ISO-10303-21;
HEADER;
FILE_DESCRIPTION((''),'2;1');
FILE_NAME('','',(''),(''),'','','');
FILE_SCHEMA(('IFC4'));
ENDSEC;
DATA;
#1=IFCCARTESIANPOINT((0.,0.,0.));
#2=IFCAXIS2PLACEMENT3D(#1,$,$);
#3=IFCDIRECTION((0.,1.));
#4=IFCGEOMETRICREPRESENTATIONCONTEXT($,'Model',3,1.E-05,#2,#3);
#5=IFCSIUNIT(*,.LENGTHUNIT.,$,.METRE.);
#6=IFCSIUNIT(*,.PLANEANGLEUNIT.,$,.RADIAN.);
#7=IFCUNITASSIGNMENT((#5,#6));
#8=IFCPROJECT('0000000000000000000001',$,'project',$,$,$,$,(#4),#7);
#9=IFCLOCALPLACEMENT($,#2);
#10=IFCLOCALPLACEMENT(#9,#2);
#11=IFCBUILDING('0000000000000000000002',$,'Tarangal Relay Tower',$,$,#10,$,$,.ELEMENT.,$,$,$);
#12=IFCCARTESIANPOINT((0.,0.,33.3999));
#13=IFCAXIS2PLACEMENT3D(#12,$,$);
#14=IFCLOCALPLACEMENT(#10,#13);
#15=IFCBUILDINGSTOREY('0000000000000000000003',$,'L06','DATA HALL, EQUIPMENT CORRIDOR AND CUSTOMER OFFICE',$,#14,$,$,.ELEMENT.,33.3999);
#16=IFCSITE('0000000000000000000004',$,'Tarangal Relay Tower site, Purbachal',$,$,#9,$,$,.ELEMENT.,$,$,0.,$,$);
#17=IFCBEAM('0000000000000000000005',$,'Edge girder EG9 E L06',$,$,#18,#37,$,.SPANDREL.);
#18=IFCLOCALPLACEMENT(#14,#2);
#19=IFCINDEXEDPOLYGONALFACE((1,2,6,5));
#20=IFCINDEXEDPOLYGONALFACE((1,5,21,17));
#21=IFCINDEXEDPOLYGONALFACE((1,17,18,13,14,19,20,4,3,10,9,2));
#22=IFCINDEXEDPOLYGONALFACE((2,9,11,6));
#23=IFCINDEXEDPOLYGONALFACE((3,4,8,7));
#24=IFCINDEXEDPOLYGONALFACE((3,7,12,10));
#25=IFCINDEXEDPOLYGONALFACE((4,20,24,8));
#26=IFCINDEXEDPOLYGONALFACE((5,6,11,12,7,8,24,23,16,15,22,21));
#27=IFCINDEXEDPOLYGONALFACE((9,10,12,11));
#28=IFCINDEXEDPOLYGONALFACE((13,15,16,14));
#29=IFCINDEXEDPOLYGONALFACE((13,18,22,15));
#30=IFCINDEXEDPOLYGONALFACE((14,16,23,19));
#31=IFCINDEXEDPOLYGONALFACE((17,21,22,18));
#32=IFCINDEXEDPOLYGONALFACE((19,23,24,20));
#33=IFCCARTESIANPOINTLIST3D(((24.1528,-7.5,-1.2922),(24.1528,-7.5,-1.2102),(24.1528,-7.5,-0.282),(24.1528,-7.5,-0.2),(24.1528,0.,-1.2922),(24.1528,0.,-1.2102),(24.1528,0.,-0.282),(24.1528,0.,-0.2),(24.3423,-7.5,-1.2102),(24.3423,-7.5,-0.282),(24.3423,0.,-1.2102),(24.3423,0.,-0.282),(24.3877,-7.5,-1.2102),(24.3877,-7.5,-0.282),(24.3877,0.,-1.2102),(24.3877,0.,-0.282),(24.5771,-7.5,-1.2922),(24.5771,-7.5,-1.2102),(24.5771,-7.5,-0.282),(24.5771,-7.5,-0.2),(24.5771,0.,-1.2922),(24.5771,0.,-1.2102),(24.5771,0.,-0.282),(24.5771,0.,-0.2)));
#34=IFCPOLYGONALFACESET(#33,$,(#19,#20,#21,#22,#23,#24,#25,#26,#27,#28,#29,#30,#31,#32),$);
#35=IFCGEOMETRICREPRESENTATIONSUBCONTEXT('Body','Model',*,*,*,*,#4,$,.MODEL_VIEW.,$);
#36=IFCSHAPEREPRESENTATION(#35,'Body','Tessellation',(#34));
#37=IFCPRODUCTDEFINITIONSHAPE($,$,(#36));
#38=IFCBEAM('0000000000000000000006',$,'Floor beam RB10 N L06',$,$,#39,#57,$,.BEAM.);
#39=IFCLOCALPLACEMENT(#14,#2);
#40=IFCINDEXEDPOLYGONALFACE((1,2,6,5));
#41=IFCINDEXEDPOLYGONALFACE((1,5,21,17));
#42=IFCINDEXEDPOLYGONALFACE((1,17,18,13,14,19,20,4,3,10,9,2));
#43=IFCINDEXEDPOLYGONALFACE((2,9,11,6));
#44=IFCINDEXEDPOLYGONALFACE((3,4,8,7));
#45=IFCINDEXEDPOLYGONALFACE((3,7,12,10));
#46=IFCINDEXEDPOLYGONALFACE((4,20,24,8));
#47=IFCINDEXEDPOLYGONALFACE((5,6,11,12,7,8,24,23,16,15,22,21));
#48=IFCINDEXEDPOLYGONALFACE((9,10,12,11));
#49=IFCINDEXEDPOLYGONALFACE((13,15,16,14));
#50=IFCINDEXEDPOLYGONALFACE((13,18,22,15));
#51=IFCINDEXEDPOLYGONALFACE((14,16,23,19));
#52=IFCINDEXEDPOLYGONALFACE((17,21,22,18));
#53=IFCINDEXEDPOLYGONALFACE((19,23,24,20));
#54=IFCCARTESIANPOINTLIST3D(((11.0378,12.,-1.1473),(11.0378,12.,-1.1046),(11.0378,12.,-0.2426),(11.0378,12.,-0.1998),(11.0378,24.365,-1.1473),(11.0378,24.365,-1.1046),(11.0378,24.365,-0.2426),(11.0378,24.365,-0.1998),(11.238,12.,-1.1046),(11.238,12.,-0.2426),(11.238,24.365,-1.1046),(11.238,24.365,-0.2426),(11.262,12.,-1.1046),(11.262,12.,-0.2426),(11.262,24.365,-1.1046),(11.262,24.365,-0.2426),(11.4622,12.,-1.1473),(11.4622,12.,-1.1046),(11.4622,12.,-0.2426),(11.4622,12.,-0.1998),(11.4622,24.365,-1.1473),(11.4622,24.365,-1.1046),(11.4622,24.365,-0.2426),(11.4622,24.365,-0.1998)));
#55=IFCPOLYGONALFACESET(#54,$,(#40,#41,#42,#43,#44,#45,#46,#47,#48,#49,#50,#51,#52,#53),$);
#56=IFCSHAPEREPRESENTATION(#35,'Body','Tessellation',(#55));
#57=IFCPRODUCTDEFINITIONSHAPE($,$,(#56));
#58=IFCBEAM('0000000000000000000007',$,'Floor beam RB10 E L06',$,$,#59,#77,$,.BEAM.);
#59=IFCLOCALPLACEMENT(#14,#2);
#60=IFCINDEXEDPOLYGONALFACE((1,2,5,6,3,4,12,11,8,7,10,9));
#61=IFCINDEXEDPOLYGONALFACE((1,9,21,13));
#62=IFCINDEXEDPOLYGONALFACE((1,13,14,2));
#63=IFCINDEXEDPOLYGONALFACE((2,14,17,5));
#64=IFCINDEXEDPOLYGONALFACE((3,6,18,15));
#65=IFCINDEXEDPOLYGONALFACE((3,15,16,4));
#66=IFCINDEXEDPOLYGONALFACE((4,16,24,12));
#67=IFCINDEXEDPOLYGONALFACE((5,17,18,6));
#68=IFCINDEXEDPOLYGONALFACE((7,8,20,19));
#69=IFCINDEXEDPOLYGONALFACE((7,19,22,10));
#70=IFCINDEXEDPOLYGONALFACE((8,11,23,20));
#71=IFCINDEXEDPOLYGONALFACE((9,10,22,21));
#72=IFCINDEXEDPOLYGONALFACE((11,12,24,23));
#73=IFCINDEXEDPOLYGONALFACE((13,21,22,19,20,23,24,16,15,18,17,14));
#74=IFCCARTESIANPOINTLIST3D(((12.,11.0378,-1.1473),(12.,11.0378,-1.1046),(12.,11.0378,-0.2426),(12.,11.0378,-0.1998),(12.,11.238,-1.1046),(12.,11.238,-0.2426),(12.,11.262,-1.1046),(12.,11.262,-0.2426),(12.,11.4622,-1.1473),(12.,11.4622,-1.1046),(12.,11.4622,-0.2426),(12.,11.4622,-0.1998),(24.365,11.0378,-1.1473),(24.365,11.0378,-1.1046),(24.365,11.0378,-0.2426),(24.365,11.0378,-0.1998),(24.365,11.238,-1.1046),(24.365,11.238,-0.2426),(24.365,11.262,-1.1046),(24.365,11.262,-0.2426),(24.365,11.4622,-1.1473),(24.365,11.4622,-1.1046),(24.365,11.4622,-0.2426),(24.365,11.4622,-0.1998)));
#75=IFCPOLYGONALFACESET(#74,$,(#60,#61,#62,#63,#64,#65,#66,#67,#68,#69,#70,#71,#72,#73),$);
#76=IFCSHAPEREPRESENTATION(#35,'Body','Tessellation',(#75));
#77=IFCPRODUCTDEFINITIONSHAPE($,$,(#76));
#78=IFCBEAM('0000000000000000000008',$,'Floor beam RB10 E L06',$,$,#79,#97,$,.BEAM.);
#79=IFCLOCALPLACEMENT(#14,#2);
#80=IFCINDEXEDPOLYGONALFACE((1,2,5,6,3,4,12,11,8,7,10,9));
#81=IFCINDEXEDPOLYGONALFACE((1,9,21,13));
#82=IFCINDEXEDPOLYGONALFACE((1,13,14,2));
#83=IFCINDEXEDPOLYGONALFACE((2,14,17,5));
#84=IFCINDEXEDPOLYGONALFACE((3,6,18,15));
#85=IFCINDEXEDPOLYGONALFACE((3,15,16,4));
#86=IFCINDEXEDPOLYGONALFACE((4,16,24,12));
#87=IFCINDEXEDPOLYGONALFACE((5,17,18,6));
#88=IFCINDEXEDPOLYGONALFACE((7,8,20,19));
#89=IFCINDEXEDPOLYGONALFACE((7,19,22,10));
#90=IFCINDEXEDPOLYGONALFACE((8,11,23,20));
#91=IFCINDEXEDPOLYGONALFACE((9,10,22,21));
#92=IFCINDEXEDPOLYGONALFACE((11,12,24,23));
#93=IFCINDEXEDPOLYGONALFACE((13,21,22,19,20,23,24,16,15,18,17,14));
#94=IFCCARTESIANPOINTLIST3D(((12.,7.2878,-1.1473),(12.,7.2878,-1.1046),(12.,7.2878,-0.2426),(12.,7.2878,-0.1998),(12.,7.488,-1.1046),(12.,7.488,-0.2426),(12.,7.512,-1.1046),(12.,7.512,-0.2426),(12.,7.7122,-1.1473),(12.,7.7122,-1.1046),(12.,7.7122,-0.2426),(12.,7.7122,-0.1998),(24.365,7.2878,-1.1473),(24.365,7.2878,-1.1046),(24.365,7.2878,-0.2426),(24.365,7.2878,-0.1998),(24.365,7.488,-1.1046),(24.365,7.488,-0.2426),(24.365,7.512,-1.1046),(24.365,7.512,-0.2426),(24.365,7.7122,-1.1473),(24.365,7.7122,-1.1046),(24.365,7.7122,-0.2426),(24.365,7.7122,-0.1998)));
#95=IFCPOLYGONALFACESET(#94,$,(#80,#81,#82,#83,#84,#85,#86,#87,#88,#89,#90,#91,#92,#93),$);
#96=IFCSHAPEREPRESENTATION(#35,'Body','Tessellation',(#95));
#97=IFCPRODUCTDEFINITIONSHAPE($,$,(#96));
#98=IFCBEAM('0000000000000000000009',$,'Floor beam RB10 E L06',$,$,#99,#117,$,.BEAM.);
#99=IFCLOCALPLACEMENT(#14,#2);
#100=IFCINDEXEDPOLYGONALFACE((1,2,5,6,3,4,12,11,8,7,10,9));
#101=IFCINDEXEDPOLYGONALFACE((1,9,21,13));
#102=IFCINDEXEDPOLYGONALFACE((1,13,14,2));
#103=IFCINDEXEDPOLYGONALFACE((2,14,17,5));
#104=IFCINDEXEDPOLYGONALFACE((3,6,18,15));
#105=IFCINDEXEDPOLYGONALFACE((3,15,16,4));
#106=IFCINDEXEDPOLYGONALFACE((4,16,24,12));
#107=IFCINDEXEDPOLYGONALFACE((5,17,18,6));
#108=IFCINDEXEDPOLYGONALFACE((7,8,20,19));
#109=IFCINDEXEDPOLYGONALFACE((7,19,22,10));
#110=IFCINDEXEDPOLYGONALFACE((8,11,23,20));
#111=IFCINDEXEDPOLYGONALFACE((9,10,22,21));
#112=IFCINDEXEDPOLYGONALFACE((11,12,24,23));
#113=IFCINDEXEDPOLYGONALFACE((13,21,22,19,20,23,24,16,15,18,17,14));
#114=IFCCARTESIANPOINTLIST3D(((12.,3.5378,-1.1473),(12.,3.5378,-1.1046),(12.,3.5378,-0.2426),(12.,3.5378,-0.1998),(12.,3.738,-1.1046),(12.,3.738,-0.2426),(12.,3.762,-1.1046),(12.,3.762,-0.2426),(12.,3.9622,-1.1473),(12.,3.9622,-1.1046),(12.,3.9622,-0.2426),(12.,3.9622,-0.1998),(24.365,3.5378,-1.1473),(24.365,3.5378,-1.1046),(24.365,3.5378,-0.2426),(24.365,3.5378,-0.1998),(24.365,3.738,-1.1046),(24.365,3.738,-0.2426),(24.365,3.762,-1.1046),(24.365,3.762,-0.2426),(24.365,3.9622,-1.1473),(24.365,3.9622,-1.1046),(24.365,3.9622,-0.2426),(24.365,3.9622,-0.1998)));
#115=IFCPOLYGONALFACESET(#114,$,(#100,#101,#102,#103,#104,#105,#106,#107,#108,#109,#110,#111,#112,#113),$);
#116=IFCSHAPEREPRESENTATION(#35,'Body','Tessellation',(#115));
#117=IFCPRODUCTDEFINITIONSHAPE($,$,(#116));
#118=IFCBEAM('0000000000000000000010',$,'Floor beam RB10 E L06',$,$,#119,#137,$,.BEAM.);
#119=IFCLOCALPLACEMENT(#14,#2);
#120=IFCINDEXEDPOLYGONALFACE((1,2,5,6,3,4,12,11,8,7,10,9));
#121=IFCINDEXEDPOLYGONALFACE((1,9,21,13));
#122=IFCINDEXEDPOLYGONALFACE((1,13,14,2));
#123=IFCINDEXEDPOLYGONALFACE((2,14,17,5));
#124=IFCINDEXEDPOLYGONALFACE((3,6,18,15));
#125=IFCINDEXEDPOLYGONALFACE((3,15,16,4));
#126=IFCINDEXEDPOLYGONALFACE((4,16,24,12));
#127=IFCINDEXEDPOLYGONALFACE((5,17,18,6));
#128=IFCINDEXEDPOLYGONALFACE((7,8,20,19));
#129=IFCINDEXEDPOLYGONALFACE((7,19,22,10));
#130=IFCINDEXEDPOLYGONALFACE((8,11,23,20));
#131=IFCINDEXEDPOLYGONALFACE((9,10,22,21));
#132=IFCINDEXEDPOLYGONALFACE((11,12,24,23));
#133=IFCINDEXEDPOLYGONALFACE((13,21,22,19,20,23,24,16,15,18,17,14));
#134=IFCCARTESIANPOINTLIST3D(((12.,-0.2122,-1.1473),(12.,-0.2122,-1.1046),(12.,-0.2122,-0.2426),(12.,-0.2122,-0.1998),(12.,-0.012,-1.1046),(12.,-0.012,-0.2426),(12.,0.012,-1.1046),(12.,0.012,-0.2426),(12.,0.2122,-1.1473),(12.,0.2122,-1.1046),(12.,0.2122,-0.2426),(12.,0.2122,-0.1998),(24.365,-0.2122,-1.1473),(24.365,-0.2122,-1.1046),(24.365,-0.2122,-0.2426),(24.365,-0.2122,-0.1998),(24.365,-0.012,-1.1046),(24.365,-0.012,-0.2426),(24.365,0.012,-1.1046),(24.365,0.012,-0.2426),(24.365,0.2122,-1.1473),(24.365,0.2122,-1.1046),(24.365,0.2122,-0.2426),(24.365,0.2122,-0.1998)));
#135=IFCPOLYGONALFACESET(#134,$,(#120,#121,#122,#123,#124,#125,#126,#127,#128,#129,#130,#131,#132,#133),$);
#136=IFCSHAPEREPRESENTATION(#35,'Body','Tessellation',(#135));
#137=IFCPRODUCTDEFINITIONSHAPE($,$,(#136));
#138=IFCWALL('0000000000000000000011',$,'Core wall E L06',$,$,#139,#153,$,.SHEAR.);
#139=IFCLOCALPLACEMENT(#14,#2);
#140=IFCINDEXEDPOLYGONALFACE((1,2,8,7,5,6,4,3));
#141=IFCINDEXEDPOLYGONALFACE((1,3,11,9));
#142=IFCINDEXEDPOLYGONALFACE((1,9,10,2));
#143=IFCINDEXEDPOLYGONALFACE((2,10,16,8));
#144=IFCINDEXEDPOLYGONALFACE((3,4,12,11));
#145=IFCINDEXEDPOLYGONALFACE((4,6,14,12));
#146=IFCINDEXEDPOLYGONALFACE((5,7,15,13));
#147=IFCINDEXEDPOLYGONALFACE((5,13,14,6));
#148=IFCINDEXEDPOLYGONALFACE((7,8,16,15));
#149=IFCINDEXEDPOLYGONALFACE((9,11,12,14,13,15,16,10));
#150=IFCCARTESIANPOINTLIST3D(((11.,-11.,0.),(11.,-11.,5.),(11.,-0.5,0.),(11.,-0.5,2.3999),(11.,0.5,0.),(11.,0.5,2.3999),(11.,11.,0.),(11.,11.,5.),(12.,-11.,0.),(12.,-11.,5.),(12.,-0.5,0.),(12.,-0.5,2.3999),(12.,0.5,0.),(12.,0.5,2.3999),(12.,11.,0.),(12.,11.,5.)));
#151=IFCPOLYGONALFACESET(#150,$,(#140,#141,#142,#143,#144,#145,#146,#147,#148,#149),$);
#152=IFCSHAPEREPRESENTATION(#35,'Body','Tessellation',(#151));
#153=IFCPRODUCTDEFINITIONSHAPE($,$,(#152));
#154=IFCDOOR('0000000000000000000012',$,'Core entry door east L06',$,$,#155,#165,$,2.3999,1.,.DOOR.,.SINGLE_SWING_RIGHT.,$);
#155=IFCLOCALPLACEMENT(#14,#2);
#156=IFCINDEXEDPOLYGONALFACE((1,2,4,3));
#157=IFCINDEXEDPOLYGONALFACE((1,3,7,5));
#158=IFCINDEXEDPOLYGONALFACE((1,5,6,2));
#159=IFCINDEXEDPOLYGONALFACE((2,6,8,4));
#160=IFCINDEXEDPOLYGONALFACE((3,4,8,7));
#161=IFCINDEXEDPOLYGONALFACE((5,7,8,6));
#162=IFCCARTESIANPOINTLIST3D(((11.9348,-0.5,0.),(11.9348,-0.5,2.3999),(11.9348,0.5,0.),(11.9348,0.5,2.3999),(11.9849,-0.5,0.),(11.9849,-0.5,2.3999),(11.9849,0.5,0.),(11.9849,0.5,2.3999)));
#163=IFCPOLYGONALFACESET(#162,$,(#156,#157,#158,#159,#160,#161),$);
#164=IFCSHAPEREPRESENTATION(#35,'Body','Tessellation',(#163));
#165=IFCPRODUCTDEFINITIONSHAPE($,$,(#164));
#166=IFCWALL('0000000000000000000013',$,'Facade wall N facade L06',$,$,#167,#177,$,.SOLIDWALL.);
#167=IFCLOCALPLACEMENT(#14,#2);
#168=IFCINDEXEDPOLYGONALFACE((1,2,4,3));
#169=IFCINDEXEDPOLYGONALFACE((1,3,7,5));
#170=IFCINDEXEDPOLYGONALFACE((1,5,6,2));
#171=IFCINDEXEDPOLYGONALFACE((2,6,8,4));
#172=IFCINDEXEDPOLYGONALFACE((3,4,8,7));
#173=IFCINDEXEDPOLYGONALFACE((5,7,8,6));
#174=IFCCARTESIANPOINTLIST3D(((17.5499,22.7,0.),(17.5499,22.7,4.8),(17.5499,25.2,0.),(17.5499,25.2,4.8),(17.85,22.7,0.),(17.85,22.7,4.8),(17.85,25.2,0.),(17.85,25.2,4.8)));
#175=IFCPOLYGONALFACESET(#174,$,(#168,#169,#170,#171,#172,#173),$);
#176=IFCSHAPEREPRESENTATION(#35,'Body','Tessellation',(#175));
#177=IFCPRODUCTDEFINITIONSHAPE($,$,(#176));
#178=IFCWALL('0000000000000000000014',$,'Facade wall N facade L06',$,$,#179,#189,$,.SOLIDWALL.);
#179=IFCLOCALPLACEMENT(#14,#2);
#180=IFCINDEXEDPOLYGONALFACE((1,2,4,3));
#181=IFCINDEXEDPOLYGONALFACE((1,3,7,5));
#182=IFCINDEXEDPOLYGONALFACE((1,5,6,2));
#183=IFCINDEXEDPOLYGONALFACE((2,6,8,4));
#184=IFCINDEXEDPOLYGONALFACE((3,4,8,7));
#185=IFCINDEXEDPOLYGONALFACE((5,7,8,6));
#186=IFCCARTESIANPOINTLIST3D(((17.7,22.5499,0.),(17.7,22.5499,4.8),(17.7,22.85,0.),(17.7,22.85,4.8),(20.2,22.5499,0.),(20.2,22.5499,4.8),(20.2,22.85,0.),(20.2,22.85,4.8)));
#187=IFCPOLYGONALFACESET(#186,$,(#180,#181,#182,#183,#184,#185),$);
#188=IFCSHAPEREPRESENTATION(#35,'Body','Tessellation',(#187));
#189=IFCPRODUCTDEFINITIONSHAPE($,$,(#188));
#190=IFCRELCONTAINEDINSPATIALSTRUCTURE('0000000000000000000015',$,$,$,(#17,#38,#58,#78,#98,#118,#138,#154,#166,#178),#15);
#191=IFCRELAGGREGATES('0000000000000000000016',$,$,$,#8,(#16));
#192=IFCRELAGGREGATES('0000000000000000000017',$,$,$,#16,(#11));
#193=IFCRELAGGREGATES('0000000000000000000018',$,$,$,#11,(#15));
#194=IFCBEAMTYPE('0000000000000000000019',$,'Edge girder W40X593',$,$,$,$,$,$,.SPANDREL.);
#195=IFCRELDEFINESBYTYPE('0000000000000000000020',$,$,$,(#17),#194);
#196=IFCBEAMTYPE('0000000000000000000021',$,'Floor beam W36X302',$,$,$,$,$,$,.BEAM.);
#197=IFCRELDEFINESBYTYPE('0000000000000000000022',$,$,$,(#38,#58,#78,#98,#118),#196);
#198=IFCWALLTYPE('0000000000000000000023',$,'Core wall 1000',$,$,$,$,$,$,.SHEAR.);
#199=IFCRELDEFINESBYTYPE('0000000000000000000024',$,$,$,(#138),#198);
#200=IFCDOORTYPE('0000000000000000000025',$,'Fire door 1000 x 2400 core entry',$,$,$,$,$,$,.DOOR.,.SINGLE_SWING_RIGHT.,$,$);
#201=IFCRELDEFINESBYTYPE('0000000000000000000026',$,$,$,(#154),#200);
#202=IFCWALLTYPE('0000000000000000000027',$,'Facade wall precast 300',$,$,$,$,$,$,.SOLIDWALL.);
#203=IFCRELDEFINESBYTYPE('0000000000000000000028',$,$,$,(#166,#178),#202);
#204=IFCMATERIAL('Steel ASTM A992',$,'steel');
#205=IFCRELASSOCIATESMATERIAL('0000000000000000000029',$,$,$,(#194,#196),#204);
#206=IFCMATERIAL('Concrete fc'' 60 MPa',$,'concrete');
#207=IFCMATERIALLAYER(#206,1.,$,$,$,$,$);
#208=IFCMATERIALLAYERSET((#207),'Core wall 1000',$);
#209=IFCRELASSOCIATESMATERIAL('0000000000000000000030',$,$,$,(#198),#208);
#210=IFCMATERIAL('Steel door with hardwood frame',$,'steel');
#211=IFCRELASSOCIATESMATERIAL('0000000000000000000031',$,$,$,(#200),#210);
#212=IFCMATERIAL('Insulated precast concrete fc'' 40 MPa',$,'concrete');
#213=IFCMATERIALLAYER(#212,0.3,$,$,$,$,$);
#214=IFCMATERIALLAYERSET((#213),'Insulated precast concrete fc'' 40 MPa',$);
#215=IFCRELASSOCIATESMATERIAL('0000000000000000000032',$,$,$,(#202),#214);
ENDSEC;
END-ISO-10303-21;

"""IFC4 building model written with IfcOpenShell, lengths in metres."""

from ifc_helpers import new_model, si_unit, direction, frame, frame_2d, origin, origin_2d, place, context, subcontext, project, spatial, rectangle, i_section, extrude, material, layer, layer_set, material_profile, profile_set, type_object, element, fill, save


model = new_model("IFC4")

# Units and contexts
model_context = context("Model", 3, precision=1e-05, world=origin(), true_north=direction((0.0, 1.0)))
body_context = subcontext(model_context, "Body", "Model", "MODEL_VIEW")
ifc_project = project(units=[si_unit("LENGTHUNIT", "METRE"), si_unit("PLANEANGLEUNIT", "RADIAN")], contexts=[model_context])

# Site, building, storey
site_placement = place(None, origin())
site = spatial("IfcSite", under=ifc_project, at=site_placement, Name="Tarangal Relay Tower site, Purbachal", CompositionType="ELEMENT", RefElevation=0.0)
building_placement = place(site_placement, origin())
building = spatial("IfcBuilding", under=site, at=building_placement, Name="Tarangal Relay Tower", CompositionType="ELEMENT")
storey_placement = place(building_placement, frame((0.0, 0.0, 33.3999)))
storey = spatial("IfcBuildingStorey", under=building, at=storey_placement, Name="L06", Description="DATA HALL, EQUIPMENT CORRIDOR AND CUSTOMER OFFICE", CompositionType="ELEMENT", Elevation=33.3999)

# Beams
ifc_material_1 = material(Name="Steel ASTM A992", Category="steel")
ifc_material_profile_1 = material_profile(ifc_material_1, i_section(OverallWidth=0.4243, OverallDepth=1.0923, WebThickness=0.0454, FlangeThickness=0.082, at=origin_2d()), Name="W40X593")
ifc_profile_set_1 = profile_set([ifc_material_profile_1], Name="Steel ASTM A992")
beam_type_1 = type_object("IfcBeamType", Name="Edge girder W40X593", PredefinedType="SPANDREL", material=ifc_profile_set_1)
for number, where, z_axis, x_axis, name in (
    (1, (24.365, 0.0, -0.7461), (0.0, -1.0, 0.0), (1.0, 0.0, 0.0), "Edge girder EG9 E L06"),
):
    element("IfcBeam", number, at=place(storey_placement, frame(where, z_axis=z_axis, x_axis=x_axis)), inside=storey, type_object=beam_type_1, Name=name, PredefinedType="SPANDREL", context=body_context, shape_type="SweptSolid", body=[
        extrude(i_section(OverallWidth=0.4243, OverallDepth=1.0923, WebThickness=0.0454, FlangeThickness=0.082, at=origin_2d()), origin(), (0.0, 0.0, 1.0), 7.5),
    ])
ifc_material_profile_2 = material_profile(ifc_material_1, i_section(OverallWidth=0.4243, OverallDepth=0.9475, WebThickness=0.0239, FlangeThickness=0.0427, at=origin_2d()), Name="W36X302")
ifc_profile_set_2 = profile_set([ifc_material_profile_2], Name="Steel ASTM A992")
beam_type_2 = type_object("IfcBeamType", Name="Floor beam W36X302", PredefinedType="BEAM", material=ifc_profile_set_2)
for number, where, z_axis, x_axis, name in (
    (2, (11.25, 12.0, -0.6736), (0.0, 1.0, 0.0), (-1.0, 0.0, 0.0), "Floor beam RB10 N L06"),
    (3, (12.0, 11.25, -0.6736), (1.0, 0.0, 0.0), (0.0, 1.0, 0.0), "Floor beam RB10 E L06"),
    (4, (12.0, 7.5, -0.6736), (1.0, 0.0, 0.0), (0.0, 1.0, 0.0), "Floor beam RB10 E L06"),
    (5, (12.0, 3.75, -0.6736), (1.0, 0.0, 0.0), (0.0, 1.0, 0.0), "Floor beam RB10 E L06"),
    (6, (12.0, 0.0, -0.6736), (1.0, 0.0, 0.0), (0.0, 1.0, 0.0), "Floor beam RB10 E L06"),
):
    element("IfcBeam", number, at=place(storey_placement, frame(where, z_axis=z_axis, x_axis=x_axis)), inside=storey, type_object=beam_type_2, Name=name, PredefinedType="BEAM", context=body_context, shape_type="SweptSolid", body=[
        extrude(i_section(OverallWidth=0.4243, OverallDepth=0.9475, WebThickness=0.0239, FlangeThickness=0.0427, at=origin_2d()), origin(), (0.0, 0.0, 1.0), 12.365),
    ])

# Wall, opening, door
ifc_material_2 = material(Name="Concrete fc' 60 MPa", Category="concrete")
ifc_layer_1 = layer(ifc_material_2, 1.0)
ifc_layer_set_1 = layer_set([ifc_layer_1], Name="Core wall 1000")
wall_type_1 = type_object("IfcWallType", Name="Core wall 1000", PredefinedType="SHEAR", material=ifc_layer_set_1)
wall_1_placement = place(storey_placement, frame((11.5, 11.0, 0.0), z_axis=(0.0, 0.0, 1.0), x_axis=(0.0, -1.0, 0.0)))
wall_1 = element("IfcWall", 7, at=wall_1_placement, inside=storey, type_object=wall_type_1, Name="Core wall E L06", PredefinedType="SHEAR", context=body_context, shape_type="SweptSolid", body=[
    extrude(rectangle(XDim=22.0, YDim=1.0, at=frame_2d((11.0, 0.0))), origin(), (0.0, 0.0, 1.0), 5.0),
])
opening_1_placement = place(wall_1_placement, frame((10.5, 0.0, 0.0)))
opening_1 = element("IfcOpeningElement", 8, at=opening_1_placement, cuts=wall_1, PredefinedType="OPENING", context=body_context, shape_type="SweptSolid", body=[
    extrude(rectangle(XDim=1.0, YDim=2.3999, at=frame_2d((0.5, 1.2))), frame((0.0, 0.51, 0.0), z_axis=(0.0, -1.0, 0.0), x_axis=(1.0, 0.0, 0.0)), (0.0, 0.0, 1.0), 1.02),
])
ifc_material_3 = material(Name="Steel door with hardwood frame", Category="steel")
door_type_1 = type_object("IfcDoorType", Name="Fire door 1000 x 2400 core entry", OperationType="SINGLE_SWING_RIGHT", PredefinedType="DOOR", material=ifc_material_3)
door_1_placement = place(opening_1_placement, origin())
door_1 = element("IfcDoor", 9, at=door_1_placement, inside=storey, type_object=door_type_1, Name="Core entry door east L06", OperationType="SINGLE_SWING_RIGHT", OverallHeight=2.3999, OverallWidth=1.0, PredefinedType="DOOR", context=body_context, shape_type="SweptSolid", body=[
    extrude(rectangle(XDim=1.0, YDim=2.3999, at=frame_2d((0.5, 1.2))), frame((0.0, 0.4849, 0.0), z_axis=(0.0, -1.0, 0.0), x_axis=(1.0, 0.0, 0.0)), (0.0, 0.0, 1.0), 0.05),
])
fill(opening_1, door_1)

# Walls
ifc_material_4 = material(Name="Insulated precast concrete fc' 40 MPa", Category="concrete")
ifc_layer_2 = layer(ifc_material_4, 0.3)
ifc_layer_set_2 = layer_set([ifc_layer_2], Name="Insulated precast concrete fc' 40 MPa")
wall_type_2 = type_object("IfcWallType", Name="Facade wall precast 300", PredefinedType="SOLIDWALL", material=ifc_layer_set_2)
for number, where, z_axis, x_axis, name in (
    (10, (17.7, 25.2, 0.0), (0.0, 0.0, 1.0), (0.0, -1.0, 0.0), "Facade wall N facade L06"),
    (11, (17.7, 22.7, 0.0), (0.0, 0.0, 1.0), (1.0, 0.0, 0.0), "Facade wall N facade L06"),
):
    element("IfcWall", number, at=place(storey_placement, frame(where, z_axis=z_axis, x_axis=x_axis)), inside=storey, type_object=wall_type_2, Name=name, PredefinedType="SOLIDWALL", context=body_context, shape_type="SweptSolid", body=[
        extrude(rectangle(XDim=2.5, YDim=0.3, at=frame_2d((1.25, 0.0))), origin(), (0.0, 0.0, 1.0), 4.8),
    ])

save(model, "model.ifc")
